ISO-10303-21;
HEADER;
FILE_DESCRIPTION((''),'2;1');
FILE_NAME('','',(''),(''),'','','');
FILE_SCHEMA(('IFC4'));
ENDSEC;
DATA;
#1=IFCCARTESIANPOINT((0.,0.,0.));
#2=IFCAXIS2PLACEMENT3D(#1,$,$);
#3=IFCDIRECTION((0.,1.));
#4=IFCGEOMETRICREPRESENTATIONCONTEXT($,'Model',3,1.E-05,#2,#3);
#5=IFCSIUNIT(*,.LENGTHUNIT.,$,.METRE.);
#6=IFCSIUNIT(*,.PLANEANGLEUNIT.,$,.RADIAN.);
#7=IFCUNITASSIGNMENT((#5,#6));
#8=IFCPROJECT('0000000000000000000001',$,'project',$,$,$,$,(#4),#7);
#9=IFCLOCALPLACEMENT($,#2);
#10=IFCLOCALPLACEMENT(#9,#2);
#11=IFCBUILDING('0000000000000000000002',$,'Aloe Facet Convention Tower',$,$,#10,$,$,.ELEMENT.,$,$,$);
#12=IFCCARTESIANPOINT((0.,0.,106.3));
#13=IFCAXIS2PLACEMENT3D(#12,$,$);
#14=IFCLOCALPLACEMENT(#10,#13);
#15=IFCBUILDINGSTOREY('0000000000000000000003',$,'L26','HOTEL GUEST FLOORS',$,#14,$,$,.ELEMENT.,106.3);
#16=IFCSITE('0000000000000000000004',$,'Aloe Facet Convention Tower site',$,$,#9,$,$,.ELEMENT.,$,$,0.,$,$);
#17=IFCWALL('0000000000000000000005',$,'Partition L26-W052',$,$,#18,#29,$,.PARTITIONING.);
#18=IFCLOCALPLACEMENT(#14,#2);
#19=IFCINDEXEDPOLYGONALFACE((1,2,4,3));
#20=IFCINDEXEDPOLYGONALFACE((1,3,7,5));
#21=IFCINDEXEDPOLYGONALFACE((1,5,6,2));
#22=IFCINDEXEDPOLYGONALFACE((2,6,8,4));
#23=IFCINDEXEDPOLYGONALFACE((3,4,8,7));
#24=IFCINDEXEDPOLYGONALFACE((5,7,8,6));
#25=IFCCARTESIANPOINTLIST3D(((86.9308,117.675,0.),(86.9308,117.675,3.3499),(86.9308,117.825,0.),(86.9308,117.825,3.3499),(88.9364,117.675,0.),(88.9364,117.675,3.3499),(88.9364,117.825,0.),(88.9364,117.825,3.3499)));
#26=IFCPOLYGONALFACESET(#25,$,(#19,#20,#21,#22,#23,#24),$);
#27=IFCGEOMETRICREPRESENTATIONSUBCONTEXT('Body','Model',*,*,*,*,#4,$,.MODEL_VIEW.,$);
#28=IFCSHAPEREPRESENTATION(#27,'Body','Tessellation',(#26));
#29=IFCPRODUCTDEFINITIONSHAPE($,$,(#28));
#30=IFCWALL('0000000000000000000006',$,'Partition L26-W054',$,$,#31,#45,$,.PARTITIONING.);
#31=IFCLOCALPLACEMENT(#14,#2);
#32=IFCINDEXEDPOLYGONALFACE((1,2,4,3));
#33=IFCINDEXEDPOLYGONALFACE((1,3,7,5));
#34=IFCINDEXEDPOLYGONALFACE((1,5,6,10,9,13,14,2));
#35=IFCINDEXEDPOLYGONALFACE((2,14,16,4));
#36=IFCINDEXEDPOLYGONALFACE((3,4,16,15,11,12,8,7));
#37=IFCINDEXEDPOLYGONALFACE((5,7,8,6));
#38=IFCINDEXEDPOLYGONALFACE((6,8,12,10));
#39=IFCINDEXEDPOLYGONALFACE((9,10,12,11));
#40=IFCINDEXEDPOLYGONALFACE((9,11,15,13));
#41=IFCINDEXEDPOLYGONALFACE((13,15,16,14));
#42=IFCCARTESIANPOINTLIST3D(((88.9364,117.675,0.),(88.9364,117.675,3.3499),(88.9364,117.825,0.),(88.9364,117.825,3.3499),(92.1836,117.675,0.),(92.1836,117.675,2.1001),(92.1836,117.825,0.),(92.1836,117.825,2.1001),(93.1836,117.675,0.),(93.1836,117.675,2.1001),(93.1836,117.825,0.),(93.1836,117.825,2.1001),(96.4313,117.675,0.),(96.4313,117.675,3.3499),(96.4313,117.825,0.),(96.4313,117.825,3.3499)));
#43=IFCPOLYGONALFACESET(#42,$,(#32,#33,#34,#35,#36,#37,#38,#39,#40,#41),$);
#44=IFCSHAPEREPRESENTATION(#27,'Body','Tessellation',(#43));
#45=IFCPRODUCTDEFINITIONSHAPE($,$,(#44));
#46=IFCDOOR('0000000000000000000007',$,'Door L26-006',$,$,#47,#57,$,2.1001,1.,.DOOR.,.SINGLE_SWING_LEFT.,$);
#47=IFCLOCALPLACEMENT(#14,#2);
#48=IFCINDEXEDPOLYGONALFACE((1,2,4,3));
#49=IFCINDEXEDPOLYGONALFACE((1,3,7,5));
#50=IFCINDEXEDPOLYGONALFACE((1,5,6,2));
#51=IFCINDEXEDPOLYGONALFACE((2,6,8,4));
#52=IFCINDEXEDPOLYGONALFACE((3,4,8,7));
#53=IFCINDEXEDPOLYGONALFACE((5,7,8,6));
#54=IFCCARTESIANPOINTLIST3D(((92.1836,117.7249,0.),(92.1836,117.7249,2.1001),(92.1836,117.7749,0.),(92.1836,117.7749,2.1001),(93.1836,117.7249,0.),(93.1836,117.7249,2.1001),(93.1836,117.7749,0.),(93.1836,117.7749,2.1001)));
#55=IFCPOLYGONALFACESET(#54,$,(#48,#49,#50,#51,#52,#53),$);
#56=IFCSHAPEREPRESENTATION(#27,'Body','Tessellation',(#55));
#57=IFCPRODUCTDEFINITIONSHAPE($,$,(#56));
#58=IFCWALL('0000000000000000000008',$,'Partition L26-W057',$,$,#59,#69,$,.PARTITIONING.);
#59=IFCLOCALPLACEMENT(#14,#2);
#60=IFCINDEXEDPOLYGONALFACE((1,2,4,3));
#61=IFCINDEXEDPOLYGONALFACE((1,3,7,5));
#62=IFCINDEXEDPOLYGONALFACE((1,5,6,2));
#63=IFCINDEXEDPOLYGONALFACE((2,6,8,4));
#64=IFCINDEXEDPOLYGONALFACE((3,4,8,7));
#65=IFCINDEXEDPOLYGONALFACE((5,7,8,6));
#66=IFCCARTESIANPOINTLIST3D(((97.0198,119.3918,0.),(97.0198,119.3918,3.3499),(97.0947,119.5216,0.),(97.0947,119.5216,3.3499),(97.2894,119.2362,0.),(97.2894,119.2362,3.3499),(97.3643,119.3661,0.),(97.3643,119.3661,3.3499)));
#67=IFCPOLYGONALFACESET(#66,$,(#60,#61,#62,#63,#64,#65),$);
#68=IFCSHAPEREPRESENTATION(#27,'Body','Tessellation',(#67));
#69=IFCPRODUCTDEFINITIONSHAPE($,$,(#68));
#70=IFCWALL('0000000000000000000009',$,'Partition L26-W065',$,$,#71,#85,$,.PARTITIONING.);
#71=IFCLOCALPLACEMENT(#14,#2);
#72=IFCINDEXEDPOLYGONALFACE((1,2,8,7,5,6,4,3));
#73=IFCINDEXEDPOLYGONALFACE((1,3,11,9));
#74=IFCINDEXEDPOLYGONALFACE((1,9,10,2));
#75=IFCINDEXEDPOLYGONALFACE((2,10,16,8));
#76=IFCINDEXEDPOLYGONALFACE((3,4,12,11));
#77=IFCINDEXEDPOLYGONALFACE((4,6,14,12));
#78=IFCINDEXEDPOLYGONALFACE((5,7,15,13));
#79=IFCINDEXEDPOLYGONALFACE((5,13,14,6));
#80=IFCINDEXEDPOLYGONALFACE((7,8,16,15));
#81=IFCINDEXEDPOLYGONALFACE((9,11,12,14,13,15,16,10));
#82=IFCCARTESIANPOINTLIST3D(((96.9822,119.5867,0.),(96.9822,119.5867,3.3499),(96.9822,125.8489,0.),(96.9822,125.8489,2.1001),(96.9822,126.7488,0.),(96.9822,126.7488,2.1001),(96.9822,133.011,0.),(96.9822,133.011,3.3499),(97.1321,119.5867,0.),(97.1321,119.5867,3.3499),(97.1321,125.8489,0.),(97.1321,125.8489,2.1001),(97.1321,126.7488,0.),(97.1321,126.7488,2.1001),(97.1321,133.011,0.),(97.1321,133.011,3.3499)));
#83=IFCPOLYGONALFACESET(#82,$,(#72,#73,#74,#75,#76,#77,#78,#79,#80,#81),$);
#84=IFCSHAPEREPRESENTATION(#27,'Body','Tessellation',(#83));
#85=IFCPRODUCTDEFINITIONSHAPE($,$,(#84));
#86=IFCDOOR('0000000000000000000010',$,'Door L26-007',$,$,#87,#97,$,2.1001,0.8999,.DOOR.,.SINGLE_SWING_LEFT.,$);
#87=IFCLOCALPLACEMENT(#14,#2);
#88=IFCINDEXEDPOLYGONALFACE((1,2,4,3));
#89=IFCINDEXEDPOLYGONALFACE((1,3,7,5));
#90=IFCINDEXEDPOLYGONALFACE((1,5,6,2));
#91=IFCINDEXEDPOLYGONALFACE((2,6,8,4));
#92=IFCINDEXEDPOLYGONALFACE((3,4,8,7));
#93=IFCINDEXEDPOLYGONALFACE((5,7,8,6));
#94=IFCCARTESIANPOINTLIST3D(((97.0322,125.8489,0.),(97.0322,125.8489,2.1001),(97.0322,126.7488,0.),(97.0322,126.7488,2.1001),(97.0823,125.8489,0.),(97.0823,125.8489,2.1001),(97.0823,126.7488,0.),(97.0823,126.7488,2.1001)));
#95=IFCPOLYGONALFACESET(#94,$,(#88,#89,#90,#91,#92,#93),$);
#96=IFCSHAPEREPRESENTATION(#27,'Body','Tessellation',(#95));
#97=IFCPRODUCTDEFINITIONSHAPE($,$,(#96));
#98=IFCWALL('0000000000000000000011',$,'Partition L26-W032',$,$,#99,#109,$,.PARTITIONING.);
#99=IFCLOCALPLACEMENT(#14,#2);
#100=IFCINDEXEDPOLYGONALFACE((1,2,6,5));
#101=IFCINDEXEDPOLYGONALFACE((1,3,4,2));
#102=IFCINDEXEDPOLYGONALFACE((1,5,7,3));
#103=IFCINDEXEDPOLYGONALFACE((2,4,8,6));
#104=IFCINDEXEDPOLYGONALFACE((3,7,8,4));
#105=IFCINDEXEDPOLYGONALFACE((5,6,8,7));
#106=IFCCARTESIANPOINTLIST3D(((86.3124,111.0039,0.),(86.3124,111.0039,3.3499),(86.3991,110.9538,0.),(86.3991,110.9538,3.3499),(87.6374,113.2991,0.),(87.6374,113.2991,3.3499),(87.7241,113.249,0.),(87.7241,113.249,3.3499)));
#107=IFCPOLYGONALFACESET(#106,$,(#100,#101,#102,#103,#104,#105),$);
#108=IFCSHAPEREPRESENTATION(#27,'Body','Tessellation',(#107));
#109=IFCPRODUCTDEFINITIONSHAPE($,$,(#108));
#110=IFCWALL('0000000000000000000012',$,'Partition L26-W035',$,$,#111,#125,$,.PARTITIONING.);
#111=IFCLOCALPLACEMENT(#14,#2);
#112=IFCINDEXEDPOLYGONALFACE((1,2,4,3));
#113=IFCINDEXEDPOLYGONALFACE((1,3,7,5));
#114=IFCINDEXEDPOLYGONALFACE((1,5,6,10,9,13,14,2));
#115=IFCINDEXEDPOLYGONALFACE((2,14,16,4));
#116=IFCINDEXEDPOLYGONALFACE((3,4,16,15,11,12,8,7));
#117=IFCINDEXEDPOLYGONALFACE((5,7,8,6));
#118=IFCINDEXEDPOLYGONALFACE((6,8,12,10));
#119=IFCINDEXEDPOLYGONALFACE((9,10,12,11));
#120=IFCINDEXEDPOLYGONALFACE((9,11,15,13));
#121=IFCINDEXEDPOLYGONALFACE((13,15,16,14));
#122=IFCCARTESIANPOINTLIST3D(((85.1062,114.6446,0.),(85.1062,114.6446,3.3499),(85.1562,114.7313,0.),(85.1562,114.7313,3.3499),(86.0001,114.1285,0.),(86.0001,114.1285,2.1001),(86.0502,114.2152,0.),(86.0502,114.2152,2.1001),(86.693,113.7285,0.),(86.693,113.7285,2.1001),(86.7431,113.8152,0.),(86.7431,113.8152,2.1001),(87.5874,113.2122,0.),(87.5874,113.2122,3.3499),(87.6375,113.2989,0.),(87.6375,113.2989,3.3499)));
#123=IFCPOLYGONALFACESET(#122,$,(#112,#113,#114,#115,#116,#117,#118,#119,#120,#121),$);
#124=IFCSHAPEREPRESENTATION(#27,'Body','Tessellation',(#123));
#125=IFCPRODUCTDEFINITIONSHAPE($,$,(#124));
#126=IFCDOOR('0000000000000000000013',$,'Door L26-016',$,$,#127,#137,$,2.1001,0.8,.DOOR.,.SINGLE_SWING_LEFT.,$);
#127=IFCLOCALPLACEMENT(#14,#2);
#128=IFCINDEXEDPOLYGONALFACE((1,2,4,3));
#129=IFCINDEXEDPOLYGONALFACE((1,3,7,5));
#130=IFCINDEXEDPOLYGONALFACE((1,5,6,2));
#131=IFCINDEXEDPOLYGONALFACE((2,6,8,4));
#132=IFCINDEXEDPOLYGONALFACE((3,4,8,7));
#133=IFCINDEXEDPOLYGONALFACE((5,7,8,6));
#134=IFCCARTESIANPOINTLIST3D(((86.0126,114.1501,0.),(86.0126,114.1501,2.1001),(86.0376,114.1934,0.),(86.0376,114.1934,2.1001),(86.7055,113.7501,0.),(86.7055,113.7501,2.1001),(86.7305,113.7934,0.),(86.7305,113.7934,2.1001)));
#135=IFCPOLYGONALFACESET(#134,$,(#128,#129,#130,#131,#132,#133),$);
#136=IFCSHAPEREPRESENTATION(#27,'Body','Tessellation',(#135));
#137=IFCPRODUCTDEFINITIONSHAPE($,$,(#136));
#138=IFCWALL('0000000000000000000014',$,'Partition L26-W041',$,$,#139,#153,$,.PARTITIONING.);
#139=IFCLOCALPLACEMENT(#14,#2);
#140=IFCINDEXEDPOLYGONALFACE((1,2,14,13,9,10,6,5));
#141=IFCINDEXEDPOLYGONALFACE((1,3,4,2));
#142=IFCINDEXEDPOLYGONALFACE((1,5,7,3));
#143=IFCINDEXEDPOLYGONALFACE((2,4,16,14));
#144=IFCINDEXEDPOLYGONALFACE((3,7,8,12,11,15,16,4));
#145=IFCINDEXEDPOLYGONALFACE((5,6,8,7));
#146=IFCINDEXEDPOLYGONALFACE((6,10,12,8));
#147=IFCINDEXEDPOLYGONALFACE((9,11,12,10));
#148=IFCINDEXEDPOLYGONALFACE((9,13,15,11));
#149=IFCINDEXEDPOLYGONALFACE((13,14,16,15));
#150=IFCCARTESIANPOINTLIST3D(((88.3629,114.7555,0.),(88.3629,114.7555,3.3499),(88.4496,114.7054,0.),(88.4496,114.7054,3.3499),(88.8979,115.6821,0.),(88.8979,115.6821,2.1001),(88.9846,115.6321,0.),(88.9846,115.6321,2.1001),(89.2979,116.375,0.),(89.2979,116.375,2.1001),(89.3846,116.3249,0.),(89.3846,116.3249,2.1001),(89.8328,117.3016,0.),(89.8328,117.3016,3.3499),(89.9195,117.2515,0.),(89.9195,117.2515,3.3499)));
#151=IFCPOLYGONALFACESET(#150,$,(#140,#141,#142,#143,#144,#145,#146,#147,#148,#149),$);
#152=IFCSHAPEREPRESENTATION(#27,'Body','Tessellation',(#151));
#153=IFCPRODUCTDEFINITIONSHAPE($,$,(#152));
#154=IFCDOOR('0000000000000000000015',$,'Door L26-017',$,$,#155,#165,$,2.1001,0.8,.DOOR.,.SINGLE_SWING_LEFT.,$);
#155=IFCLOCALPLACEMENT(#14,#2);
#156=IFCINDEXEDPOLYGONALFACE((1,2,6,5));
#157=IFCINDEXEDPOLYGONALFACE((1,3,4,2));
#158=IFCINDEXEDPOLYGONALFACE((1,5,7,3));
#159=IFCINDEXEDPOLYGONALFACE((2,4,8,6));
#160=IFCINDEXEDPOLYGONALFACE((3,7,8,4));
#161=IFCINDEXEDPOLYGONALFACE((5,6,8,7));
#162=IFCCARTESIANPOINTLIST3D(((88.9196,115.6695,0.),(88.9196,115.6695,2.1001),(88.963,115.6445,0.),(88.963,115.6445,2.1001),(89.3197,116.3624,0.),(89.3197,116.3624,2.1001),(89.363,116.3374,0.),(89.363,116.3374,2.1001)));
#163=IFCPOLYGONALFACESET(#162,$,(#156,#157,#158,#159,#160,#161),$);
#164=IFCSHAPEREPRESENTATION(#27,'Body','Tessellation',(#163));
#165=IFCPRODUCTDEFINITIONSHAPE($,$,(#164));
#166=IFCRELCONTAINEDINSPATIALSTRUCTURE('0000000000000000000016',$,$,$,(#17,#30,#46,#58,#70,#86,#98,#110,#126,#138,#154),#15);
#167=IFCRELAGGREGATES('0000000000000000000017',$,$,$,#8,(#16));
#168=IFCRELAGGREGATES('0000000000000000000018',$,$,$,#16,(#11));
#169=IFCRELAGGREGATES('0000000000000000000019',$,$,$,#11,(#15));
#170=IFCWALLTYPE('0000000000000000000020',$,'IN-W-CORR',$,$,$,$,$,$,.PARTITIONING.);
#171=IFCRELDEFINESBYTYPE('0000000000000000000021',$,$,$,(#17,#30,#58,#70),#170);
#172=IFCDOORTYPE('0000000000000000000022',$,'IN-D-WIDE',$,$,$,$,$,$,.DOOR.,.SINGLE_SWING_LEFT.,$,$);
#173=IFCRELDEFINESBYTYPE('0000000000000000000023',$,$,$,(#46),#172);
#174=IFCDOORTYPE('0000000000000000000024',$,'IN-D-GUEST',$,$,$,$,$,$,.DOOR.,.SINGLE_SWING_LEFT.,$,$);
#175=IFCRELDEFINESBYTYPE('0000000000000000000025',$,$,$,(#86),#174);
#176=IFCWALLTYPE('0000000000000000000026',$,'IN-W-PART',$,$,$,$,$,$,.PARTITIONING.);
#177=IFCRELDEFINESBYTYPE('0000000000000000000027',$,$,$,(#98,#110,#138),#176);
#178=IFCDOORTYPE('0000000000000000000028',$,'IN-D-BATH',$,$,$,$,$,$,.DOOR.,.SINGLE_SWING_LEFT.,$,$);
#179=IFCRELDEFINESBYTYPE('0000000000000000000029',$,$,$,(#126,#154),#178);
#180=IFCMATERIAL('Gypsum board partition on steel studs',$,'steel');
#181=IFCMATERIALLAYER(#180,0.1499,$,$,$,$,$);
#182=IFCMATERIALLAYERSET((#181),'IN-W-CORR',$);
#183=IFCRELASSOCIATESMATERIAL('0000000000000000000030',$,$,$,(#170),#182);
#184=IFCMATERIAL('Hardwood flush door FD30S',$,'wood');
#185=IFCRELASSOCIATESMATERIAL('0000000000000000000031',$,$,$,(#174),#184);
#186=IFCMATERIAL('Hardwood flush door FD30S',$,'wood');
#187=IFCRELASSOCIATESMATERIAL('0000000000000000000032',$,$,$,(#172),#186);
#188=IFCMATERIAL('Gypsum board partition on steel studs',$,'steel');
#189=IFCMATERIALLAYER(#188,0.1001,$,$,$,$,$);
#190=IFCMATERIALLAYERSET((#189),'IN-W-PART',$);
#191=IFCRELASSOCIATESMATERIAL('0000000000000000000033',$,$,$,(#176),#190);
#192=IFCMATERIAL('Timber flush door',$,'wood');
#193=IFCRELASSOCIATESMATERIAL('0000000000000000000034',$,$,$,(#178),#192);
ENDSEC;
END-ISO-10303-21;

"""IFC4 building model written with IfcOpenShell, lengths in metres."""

from ifc_helpers import new_model, si_unit, direction, frame, frame_2d, origin, place, context, subcontext, project, spatial, rectangle, extrude, material, layer, layer_set, type_object, element, fill, save


model = new_model("IFC4")

# Units and contexts
model_context = context("Model", 3, precision=1e-05, world=origin(), true_north=direction((0.0, 1.0)))
body_context = subcontext(model_context, "Body", "Model", "MODEL_VIEW")
ifc_project = project(units=[si_unit("LENGTHUNIT", "METRE"), si_unit("PLANEANGLEUNIT", "RADIAN")], contexts=[model_context])

# Site, building, storey
site_placement = place(None, origin())
site = spatial("IfcSite", under=ifc_project, at=site_placement, Name="Aloe Facet Convention Tower site", CompositionType="ELEMENT", RefElevation=0.0)
building_placement = place(site_placement, origin())
building = spatial("IfcBuilding", under=site, at=building_placement, Name="Aloe Facet Convention Tower", CompositionType="ELEMENT")
storey_placement = place(building_placement, frame((0.0, 0.0, 106.3)))
storey = spatial("IfcBuildingStorey", under=building, at=storey_placement, Name="L26", Description="HOTEL GUEST FLOORS", CompositionType="ELEMENT", Elevation=106.3)

# Shared definitions
ifc_material_1 = material(Name="Gypsum board partition on steel studs", Category="steel")
ifc_layer_1 = layer(ifc_material_1, 0.1499)
ifc_layer_set_1 = layer_set([ifc_layer_1], Name="IN-W-CORR")
wall_type_1 = type_object("IfcWallType", Name="IN-W-CORR", PredefinedType="PARTITIONING", material=ifc_layer_set_1)
ifc_material_2 = material(Name="Hardwood flush door FD30S", Category="wood")
door_type_1 = type_object("IfcDoorType", Name="IN-D-GUEST", OperationType="SINGLE_SWING_LEFT", PredefinedType="DOOR", material=ifc_material_2)
ifc_material_3 = material(Name="Hardwood flush door FD30S", Category="wood")
door_type_2 = type_object("IfcDoorType", Name="IN-D-WIDE", OperationType="SINGLE_SWING_LEFT", PredefinedType="DOOR", material=ifc_material_3)

# Wall
wall_1_placement = place(storey_placement, frame((86.9307, 117.75, 0.0), z_axis=(0.0, 0.0, 1.0), x_axis=(1.0, 0.0, 0.0)))
element("IfcWall", 1, at=wall_1_placement, inside=storey, type_object=wall_type_1, Name="Partition L26-W052", PredefinedType="PARTITIONING", context=body_context, shape_type="SweptSolid", body=[
    extrude(rectangle(XDim=2.0056, YDim=0.1499, at=frame_2d((1.0029, 0.0))), origin(), (0.0, 0.0, 1.0), 3.3499),
])

# Wall, opening, door
wall_2_placement = place(storey_placement, frame((88.9363, 117.75, 0.0), z_axis=(0.0, 0.0, 1.0), x_axis=(1.0, 0.0, 0.0)))
wall_2 = element("IfcWall", 2, at=wall_2_placement, inside=storey, type_object=wall_type_1, Name="Partition L26-W054", PredefinedType="PARTITIONING", context=body_context, shape_type="SweptSolid", body=[
    extrude(rectangle(XDim=7.4949, YDim=0.1499, at=frame_2d((3.7476, 0.0))), origin(), (0.0, 0.0, 1.0), 3.3499),
])
opening_1_placement = place(wall_2_placement, frame((3.2473, 0.0, 0.0)))
opening_1 = element("IfcOpeningElement", 3, at=opening_1_placement, cuts=wall_2, PredefinedType="OPENING", context=body_context, shape_type="SweptSolid", body=[
    extrude(rectangle(XDim=1.0, YDim=2.1001, at=frame_2d((0.5, 1.05))), frame((0.0, 0.085, 0.0), z_axis=(0.0, -1.0, 0.0), x_axis=(1.0, 0.0, 0.0)), (0.0, 0.0, 1.0), 0.1699),
])
door_1_placement = place(opening_1_placement, origin())
door_1 = element("IfcDoor", 4, at=door_1_placement, inside=storey, type_object=door_type_2, Name="Door L26-006", OperationType="SINGLE_SWING_LEFT", OverallHeight=2.1001, OverallWidth=1.0, PredefinedType="DOOR", context=body_context, shape_type="SweptSolid", body=[
    extrude(rectangle(XDim=1.0, YDim=2.1001, at=frame_2d((0.5, 1.05))), frame((0.0, 0.0249, 0.0), z_axis=(0.0, -1.0, 0.0), x_axis=(1.0, 0.0, 0.0)), (0.0, 0.0, 1.0), 0.05),
])
fill(opening_1, door_1)

# Wall
wall_3_placement = place(storey_placement, frame((97.0571, 119.4568, 0.0), z_axis=(0.0, 0.0, 1.0), x_axis=(0.866159, -0.499768, 0.0)))
element("IfcWall", 5, at=wall_3_placement, inside=storey, type_object=wall_type_1, Name="Partition L26-W057", PredefinedType="PARTITIONING", context=body_context, shape_type="SweptSolid", body=[
    extrude(rectangle(XDim=0.3113, YDim=0.1499, at=frame_2d((0.1558, 0.0))), origin(), (0.0, 0.0, 1.0), 3.3499),
])

# Wall, opening, door
wall_4_placement = place(storey_placement, frame((97.0571, 119.5867, 0.0), z_axis=(0.0, 0.0, 1.0), x_axis=(0.0, 1.0, 0.0)))
wall_4 = element("IfcWall", 6, at=wall_4_placement, inside=storey, type_object=wall_type_1, Name="Partition L26-W065", PredefinedType="PARTITIONING", context=body_context, shape_type="SweptSolid", body=[
    extrude(rectangle(XDim=13.4243, YDim=0.1499, at=frame_2d((6.7122, 0.0))), origin(), (0.0, 0.0, 1.0), 3.3499),
])
opening_2_placement = place(wall_4_placement, frame((6.2622, 0.0, 0.0)))
opening_2 = element("IfcOpeningElement", 7, at=opening_2_placement, cuts=wall_4, PredefinedType="OPENING", context=body_context, shape_type="SweptSolid", body=[
    extrude(rectangle(XDim=0.8999, YDim=2.1001, at=frame_2d((0.45, 1.05))), frame((0.0, 0.085, 0.0), z_axis=(0.0, -1.0, 0.0), x_axis=(1.0, 0.0, 0.0)), (0.0, 0.0, 1.0), 0.1699),
])
door_2_placement = place(opening_2_placement, origin())
door_2 = element("IfcDoor", 8, at=door_2_placement, inside=storey, type_object=door_type_1, Name="Door L26-007", OperationType="SINGLE_SWING_LEFT", OverallHeight=2.1001, OverallWidth=0.8999, PredefinedType="DOOR", context=body_context, shape_type="SweptSolid", body=[
    extrude(rectangle(XDim=0.8999, YDim=2.1001, at=frame_2d((0.45, 1.05))), frame((0.0, 0.0249, 0.0), z_axis=(0.0, -1.0, 0.0), x_axis=(1.0, 0.0, 0.0)), (0.0, 0.0, 1.0), 0.05),
])
fill(opening_2, door_2)

# Wall
ifc_material_4 = material(Name="Gypsum board partition on steel studs", Category="steel")
ifc_layer_2 = layer(ifc_material_4, 0.1001)
ifc_layer_set_2 = layer_set([ifc_layer_2], Name="IN-W-PART")
wall_type_2 = type_object("IfcWallType", Name="IN-W-PART", PredefinedType="PARTITIONING", material=ifc_layer_set_2)
wall_5_placement = place(storey_placement, frame((86.3557, 110.9788, 0.0), z_axis=(0.0, 0.0, 1.0), x_axis=(0.499954, 0.866052, 0.0)))
element("IfcWall", 9, at=wall_5_placement, inside=storey, type_object=wall_type_2, Name="Partition L26-W032", PredefinedType="PARTITIONING", context=body_context, shape_type="SweptSolid", body=[
    extrude(rectangle(XDim=2.6501, YDim=0.1001, at=frame_2d((1.3252, 0.0))), origin(), (0.0, 0.0, 1.0), 3.3499),
])

# Walls, openings, doors
wall_6_placement = place(storey_placement, frame((85.1311, 114.688, 0.0), z_axis=(0.0, 0.0, 1.0), x_axis=(0.866048, -0.499961, 0.0)))
wall_6 = element("IfcWall", 10, at=wall_6_placement, inside=storey, type_object=wall_type_2, Name="Partition L26-W035", PredefinedType="PARTITIONING", context=body_context, shape_type="SweptSolid", body=[
    extrude(rectangle(XDim=2.865, YDim=0.1001, at=frame_2d((1.4326, 0.0))), origin(), (0.0, 0.0, 1.0), 3.3499),
])
opening_3_placement = place(wall_6_placement, frame((1.0325, 0.0, 0.0)))
opening_3 = element("IfcOpeningElement", 11, at=opening_3_placement, cuts=wall_6, PredefinedType="OPENING", context=body_context, shape_type="SweptSolid", body=[
    extrude(rectangle(XDim=0.8, YDim=2.1001, at=frame_2d((0.3999, 1.05))), frame((0.0, 0.0601, 0.0), z_axis=(0.0, -1.0, 0.0), x_axis=(1.0, 0.0, 0.0)), (0.0, 0.0, 1.0), 0.1201),
])
ifc_material_5 = material(Name="Timber flush door", Category="wood")
door_type_3 = type_object("IfcDoorType", Name="IN-D-BATH", OperationType="SINGLE_SWING_LEFT", PredefinedType="DOOR", material=ifc_material_5)
door_3_placement = place(opening_3_placement, origin())
door_3 = element("IfcDoor", 12, at=door_3_placement, inside=storey, type_object=door_type_3, Name="Door L26-016", OperationType="SINGLE_SWING_LEFT", OverallHeight=2.1001, OverallWidth=0.8, PredefinedType="DOOR", context=body_context, shape_type="SweptSolid", body=[
    extrude(rectangle(XDim=0.8, YDim=2.1001, at=frame_2d((0.3999, 1.05))), frame((0.0, 0.0249, 0.0), z_axis=(0.0, -1.0, 0.0), x_axis=(1.0, 0.0, 0.0)), (0.0, 0.0, 1.0), 0.05),
])
fill(opening_3, door_3)
wall_7_placement = place(storey_placement, frame((88.4062, 114.7305, 0.0), z_axis=(0.0, 0.0, 1.0), x_axis=(0.499988, 0.866032, 0.0)))
wall_7 = element("IfcWall", 13, at=wall_7_placement, inside=storey, type_object=wall_type_2, Name="Partition L26-W041", PredefinedType="PARTITIONING", context=body_context, shape_type="SweptSolid", body=[
    extrude(rectangle(XDim=2.9399, YDim=0.1001, at=frame_2d((1.47, 0.0))), origin(), (0.0, 0.0, 1.0), 3.3499),
])
opening_4_placement = place(wall_7_placement, frame((1.0701, 0.0, 0.0)))
opening_4 = element("IfcOpeningElement", 14, at=opening_4_placement, cuts=wall_7, PredefinedType="OPENING", context=body_context, shape_type="SweptSolid", body=[
    extrude(rectangle(XDim=0.8, YDim=2.1001, at=frame_2d((0.3999, 1.05))), frame((0.0, 0.0601, 0.0), z_axis=(0.0, -1.0, 0.0), x_axis=(1.0, 0.0, 0.0)), (0.0, 0.0, 1.0), 0.1201),
])
door_4_placement = place(opening_4_placement, origin())
door_4 = element("IfcDoor", 15, at=door_4_placement, inside=storey, type_object=door_type_3, Name="Door L26-017", OperationType="SINGLE_SWING_LEFT", OverallHeight=2.1001, OverallWidth=0.8, PredefinedType="DOOR", context=body_context, shape_type="SweptSolid", body=[
    extrude(rectangle(XDim=0.8, YDim=2.1001, at=frame_2d((0.3999, 1.05))), frame((0.0, 0.0249, 0.0), z_axis=(0.0, -1.0, 0.0), x_axis=(1.0, 0.0, 0.0)), (0.0, 0.0, 1.0), 0.05),
])
fill(opening_4, door_4)

save(model, "model.ifc")
